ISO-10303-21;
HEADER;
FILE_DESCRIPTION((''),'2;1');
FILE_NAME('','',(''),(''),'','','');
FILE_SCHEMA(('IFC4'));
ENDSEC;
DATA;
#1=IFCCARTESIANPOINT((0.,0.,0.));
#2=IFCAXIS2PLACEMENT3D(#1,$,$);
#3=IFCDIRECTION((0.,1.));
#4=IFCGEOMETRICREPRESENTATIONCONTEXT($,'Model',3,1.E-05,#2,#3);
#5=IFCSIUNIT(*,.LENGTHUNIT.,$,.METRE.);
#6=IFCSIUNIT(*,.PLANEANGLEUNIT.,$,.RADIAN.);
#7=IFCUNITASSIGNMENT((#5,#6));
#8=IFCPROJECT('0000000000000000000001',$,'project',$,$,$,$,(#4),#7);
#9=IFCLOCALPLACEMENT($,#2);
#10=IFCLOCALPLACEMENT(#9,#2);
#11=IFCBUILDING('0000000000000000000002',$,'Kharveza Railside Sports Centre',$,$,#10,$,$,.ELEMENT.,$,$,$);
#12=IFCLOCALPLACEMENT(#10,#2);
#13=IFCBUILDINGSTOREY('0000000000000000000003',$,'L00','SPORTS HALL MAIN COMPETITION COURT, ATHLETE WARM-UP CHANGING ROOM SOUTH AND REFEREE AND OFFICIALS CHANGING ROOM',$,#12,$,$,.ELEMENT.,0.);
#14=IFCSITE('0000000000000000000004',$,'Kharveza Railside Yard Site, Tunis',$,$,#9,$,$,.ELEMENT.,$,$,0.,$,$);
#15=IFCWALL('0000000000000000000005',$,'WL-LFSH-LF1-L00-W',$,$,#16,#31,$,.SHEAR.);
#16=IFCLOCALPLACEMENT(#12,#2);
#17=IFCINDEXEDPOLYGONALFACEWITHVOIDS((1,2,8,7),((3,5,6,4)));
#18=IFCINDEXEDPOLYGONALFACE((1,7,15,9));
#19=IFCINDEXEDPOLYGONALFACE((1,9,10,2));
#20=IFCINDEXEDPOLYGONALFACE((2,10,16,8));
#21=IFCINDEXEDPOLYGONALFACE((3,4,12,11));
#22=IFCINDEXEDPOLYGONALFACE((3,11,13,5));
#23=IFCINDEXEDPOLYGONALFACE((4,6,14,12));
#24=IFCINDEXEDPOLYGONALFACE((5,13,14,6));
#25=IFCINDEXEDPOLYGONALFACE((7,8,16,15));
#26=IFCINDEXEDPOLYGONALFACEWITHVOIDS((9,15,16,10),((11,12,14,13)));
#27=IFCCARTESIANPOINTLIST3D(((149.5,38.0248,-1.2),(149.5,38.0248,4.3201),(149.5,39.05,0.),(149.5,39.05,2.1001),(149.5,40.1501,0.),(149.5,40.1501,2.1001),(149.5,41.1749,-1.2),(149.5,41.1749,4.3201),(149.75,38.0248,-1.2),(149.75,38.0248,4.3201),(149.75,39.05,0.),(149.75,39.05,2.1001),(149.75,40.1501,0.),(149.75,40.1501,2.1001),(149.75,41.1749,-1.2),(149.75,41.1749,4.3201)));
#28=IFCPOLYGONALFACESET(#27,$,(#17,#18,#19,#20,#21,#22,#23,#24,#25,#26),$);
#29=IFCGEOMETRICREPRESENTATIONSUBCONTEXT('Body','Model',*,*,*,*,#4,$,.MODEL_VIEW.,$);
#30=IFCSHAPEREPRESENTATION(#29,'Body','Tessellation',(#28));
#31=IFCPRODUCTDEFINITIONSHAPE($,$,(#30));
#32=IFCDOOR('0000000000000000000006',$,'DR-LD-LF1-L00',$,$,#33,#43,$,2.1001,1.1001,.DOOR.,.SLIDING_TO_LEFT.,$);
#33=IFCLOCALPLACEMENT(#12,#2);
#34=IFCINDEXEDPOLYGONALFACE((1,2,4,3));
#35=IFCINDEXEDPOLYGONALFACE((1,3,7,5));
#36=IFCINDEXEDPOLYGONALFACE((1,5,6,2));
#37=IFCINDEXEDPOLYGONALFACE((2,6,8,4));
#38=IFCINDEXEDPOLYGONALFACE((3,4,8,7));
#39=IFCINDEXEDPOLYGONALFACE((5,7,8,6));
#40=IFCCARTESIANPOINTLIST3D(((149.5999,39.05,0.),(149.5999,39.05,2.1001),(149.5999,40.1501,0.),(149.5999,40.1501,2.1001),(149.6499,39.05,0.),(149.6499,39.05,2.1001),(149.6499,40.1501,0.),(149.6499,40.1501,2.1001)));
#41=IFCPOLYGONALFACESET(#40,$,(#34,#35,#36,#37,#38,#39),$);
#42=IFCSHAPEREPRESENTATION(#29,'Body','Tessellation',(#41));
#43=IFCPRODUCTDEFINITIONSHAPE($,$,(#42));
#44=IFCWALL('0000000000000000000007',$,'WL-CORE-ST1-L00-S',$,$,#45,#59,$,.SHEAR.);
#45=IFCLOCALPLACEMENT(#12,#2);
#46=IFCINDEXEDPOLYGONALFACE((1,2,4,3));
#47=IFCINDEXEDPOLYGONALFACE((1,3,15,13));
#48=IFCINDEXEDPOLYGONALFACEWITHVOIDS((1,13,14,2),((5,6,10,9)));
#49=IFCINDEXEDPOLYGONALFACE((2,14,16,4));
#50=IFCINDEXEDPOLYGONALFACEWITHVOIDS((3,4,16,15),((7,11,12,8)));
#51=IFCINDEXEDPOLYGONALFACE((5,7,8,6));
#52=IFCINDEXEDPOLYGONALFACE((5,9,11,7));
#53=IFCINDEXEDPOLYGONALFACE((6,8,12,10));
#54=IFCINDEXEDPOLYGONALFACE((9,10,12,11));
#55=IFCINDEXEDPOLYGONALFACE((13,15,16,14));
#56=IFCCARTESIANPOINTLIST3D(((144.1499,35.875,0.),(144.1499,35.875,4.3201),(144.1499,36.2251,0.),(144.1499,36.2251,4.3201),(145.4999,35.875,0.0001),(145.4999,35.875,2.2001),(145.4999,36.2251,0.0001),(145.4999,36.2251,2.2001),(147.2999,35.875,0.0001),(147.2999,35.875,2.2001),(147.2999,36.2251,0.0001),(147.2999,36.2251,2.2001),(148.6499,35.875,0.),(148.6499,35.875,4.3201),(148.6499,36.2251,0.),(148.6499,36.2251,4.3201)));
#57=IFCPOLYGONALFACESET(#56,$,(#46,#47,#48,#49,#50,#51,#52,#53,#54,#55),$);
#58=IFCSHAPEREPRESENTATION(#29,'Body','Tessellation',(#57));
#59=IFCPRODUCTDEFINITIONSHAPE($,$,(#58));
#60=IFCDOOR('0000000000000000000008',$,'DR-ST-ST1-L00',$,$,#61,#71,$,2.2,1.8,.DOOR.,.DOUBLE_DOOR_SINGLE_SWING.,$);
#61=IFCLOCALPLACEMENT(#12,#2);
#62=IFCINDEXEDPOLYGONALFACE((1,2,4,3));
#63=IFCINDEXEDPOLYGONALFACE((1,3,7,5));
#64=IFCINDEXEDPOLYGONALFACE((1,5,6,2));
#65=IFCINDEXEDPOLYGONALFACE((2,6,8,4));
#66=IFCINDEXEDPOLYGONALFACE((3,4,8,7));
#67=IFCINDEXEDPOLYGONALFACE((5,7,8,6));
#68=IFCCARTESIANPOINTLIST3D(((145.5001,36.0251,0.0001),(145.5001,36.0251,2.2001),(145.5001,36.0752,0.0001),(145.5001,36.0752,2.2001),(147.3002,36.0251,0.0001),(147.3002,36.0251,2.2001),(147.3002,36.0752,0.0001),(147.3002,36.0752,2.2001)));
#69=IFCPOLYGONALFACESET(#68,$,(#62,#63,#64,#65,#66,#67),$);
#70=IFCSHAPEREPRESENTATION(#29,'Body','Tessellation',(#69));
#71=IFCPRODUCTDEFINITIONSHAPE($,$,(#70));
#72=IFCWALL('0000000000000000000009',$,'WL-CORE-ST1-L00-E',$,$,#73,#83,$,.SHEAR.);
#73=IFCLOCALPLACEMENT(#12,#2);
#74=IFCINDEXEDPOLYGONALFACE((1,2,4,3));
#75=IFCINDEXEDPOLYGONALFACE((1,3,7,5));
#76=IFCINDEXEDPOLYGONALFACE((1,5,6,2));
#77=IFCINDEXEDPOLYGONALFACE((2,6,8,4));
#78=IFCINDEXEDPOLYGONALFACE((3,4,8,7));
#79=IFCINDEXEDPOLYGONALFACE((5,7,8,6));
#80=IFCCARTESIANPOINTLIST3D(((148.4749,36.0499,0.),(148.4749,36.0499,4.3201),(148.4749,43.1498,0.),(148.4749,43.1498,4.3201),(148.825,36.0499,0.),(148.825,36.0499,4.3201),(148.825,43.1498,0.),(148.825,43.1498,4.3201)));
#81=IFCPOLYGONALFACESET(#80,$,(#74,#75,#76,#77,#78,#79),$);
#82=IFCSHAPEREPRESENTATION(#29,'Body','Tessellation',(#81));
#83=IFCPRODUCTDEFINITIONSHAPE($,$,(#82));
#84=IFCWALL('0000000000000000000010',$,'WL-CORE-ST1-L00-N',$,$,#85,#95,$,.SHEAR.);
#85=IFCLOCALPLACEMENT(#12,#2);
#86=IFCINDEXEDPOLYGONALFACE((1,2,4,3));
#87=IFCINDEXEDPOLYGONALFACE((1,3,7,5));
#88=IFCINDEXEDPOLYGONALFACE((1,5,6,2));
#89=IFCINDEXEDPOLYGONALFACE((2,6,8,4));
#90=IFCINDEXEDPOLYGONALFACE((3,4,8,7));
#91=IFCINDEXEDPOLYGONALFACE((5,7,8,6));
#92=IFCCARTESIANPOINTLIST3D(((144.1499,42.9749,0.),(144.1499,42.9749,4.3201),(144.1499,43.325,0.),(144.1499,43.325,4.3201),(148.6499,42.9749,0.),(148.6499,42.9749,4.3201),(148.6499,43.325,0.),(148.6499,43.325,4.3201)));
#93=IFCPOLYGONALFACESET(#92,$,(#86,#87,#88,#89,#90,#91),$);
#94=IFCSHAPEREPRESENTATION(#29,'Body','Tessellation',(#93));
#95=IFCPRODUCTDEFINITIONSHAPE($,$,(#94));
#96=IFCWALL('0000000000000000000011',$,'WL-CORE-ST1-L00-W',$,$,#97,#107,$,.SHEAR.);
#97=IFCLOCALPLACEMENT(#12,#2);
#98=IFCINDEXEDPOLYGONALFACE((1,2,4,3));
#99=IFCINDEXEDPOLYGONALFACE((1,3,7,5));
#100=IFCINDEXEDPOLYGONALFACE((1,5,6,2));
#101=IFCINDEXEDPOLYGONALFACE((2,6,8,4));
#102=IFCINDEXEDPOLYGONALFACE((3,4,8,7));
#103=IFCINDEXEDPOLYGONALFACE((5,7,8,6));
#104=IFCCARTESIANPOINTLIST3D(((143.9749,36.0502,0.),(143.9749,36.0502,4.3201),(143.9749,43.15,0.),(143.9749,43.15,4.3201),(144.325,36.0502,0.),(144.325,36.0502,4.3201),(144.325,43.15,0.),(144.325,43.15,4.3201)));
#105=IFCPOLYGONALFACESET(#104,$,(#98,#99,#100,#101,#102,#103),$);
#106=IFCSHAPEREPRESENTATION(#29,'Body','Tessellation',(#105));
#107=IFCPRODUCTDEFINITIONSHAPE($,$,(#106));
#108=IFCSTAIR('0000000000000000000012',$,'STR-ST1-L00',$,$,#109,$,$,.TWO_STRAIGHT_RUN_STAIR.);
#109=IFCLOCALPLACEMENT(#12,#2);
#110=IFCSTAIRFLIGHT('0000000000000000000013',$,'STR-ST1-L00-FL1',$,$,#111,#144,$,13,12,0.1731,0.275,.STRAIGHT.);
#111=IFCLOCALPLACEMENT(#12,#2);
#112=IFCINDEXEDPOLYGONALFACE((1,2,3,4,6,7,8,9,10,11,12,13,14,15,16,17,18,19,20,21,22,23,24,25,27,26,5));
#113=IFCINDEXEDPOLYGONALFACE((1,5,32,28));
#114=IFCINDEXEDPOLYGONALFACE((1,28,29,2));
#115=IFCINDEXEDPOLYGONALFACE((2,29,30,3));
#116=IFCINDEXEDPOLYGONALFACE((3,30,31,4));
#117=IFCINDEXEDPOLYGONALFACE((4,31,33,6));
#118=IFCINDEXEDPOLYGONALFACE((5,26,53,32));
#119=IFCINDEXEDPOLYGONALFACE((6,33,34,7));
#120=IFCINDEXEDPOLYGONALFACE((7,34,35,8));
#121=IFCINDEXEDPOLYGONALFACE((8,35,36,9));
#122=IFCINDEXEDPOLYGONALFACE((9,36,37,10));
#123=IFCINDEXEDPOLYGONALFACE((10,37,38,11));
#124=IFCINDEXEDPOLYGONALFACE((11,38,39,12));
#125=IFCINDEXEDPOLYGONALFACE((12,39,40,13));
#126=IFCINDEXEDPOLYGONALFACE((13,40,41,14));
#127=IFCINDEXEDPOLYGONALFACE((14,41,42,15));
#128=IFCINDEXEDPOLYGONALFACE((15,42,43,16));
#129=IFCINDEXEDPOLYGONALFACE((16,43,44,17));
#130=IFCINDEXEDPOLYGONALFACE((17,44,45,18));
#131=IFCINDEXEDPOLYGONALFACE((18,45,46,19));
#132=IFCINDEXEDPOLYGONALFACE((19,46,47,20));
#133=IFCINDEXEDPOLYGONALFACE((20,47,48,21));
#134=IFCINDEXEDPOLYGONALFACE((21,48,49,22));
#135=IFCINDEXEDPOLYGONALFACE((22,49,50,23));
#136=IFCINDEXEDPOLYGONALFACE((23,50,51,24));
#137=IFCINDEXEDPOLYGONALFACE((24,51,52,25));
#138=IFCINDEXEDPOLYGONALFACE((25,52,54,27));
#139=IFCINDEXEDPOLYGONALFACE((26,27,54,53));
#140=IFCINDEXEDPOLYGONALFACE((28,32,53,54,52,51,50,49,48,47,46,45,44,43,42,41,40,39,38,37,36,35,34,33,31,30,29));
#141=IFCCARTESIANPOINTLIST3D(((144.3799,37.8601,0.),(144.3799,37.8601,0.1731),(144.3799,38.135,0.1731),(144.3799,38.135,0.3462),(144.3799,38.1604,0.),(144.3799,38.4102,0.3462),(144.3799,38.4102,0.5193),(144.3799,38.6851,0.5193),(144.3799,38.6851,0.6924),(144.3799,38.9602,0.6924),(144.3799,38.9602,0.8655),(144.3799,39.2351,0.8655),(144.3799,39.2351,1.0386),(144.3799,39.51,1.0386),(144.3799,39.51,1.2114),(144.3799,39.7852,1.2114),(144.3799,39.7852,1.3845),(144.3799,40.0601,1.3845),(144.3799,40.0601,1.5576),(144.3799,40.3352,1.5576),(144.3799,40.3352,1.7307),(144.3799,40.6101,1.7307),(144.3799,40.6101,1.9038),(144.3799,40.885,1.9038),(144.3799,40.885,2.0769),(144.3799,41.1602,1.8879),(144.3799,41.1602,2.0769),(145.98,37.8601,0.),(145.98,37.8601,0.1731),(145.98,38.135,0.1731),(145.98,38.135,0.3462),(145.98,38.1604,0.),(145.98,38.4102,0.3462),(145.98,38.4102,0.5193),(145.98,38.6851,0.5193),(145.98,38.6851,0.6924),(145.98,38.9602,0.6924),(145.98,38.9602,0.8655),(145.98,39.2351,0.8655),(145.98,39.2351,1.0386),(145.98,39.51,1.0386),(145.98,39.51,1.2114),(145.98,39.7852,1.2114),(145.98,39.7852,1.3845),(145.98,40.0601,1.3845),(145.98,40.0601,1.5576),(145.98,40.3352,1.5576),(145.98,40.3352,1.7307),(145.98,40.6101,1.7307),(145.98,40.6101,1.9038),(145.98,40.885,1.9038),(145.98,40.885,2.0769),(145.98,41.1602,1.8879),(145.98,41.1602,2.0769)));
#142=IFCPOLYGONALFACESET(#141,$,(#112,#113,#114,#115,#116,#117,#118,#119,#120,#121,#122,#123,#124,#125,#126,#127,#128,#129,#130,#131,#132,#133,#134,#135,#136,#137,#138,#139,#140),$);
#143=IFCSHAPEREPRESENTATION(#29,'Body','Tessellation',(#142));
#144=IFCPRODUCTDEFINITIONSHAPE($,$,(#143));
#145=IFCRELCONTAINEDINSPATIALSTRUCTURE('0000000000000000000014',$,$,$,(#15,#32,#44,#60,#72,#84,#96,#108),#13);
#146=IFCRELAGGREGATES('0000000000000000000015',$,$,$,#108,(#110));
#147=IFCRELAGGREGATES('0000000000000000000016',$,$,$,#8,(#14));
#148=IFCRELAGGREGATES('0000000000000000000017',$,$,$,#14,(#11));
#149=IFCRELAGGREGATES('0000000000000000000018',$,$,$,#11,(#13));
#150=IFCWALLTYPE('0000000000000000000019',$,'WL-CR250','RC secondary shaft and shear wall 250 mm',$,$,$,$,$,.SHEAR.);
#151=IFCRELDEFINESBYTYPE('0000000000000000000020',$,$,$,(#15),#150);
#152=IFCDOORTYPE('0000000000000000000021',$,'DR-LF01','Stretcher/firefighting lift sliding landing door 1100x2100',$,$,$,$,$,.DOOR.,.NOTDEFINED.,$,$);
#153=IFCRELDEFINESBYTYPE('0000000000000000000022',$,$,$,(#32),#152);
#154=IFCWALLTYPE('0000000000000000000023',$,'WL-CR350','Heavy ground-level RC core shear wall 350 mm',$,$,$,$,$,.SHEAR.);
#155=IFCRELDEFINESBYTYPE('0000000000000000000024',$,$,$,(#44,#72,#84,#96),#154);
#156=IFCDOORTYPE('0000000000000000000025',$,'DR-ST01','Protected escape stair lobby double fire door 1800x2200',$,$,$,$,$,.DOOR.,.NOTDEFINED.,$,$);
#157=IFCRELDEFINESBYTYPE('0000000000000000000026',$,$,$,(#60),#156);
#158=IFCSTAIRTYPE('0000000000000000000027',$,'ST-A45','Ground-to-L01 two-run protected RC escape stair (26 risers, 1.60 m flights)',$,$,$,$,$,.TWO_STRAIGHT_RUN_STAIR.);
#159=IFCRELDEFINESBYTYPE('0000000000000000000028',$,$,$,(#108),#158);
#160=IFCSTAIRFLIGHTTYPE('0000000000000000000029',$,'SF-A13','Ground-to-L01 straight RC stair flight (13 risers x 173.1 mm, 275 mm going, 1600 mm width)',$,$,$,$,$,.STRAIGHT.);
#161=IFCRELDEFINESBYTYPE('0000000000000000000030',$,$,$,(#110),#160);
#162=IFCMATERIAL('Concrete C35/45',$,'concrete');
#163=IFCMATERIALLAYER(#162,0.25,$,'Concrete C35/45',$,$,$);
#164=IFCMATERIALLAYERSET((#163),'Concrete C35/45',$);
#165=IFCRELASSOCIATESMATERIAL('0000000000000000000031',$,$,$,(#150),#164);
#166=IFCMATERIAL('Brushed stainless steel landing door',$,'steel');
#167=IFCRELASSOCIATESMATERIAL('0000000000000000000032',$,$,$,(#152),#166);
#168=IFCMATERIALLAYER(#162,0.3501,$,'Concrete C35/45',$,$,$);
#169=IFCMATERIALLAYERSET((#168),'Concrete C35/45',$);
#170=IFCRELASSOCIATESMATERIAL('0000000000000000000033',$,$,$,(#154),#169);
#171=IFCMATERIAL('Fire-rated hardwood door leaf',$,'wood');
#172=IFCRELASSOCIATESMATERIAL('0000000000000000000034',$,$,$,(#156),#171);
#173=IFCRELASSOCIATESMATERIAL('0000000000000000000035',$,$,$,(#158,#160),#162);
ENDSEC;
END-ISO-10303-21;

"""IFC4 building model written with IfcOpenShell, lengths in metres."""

from ifc_helpers import new_model, si_unit, direction, frame, frame_2d, origin, place, context, subcontext, project, spatial, polyline, rectangle, outline, extrude, material, layer, layer_set, type_object, element, fill, aggregate, save


model = new_model("IFC4")

# Units and contexts
model_context = context("Model", 3, precision=1e-05, world=origin(), true_north=direction((0.0, 1.0)))
body_context = subcontext(model_context, "Body", "Model", "MODEL_VIEW")
ifc_project = project(units=[si_unit("LENGTHUNIT", "METRE"), si_unit("PLANEANGLEUNIT", "RADIAN")], contexts=[model_context])

# Site, building, storey
site_placement = place(None, origin())
site = spatial("IfcSite", under=ifc_project, at=site_placement, Name="Kharveza Railside Yard Site, Tunis", CompositionType="ELEMENT", RefElevation=0.0)
building_placement = place(site_placement, origin())
building = spatial("IfcBuilding", under=site, at=building_placement, Name="Kharveza Railside Sports Centre", CompositionType="ELEMENT")
storey_placement = place(building_placement, origin())
storey = spatial("IfcBuildingStorey", under=building, at=storey_placement, Name="L00", Description="SPORTS HALL MAIN COMPETITION COURT, ATHLETE WARM-UP CHANGING ROOM SOUTH AND REFEREE AND OFFICIALS CHANGING ROOM", CompositionType="ELEMENT", Elevation=0.0)

# Shared definitions
ifc_material_1 = material(Name="Concrete C35/45", Category="concrete")

# Shared definitions
ifc_layer_1 = layer(ifc_material_1, 0.25, Name="Concrete C35/45")
ifc_layer_set_1 = layer_set([ifc_layer_1], Name="Concrete C35/45")
wall_type_1 = type_object("IfcWallType", Name="WL-CR250", Description="RC secondary shaft and shear wall 250 mm", PredefinedType="SHEAR", material=ifc_layer_set_1)

# Walls, openings, doors
wall_1_placement = place(storey_placement, frame((149.625, 41.175, -1.2), z_axis=(0.0, 0.0, 1.0), x_axis=(0.0, -1.0, 0.0)))
wall_1 = element("IfcWall", 1, at=wall_1_placement, inside=storey, type_object=wall_type_1, Name="WL-LFSH-LF1-L00-W", PredefinedType="SHEAR", context=body_context, shape_type="SweptSolid", body=[
    extrude(rectangle(XDim=3.1501, YDim=0.25, at=frame_2d((1.5752, 0.0))), origin(), (0.0, 0.0, 1.0), 5.52),
])
opening_1_placement = place(wall_1_placement, frame((1.0249, 0.0, 1.2)))
opening_1 = element("IfcOpeningElement", 2, at=opening_1_placement, cuts=wall_1, PredefinedType="OPENING", context=body_context, shape_type="SweptSolid", body=[
    extrude(rectangle(XDim=1.1001, YDim=2.1001, at=frame_2d((0.55, 1.05))), frame((0.0, 0.1499, 0.0), z_axis=(0.0, -1.0, 0.0), x_axis=(1.0, 0.0, 0.0)), (0.0, 0.0, 1.0), 0.2998),
])
ifc_material_2 = material(Name="Brushed stainless steel landing door", Category="steel")
door_type_1 = type_object("IfcDoorType", Name="DR-LF01", Description="Stretcher/firefighting lift sliding landing door 1100x2100", OperationType="NOTDEFINED", PredefinedType="DOOR", material=ifc_material_2)
door_1_placement = place(opening_1_placement, origin())
door_1 = element("IfcDoor", 3, at=door_1_placement, inside=storey, type_object=door_type_1, Name="DR-LD-LF1-L00", OperationType="SLIDING_TO_LEFT", OverallHeight=2.1001, OverallWidth=1.1001, PredefinedType="DOOR", context=body_context, shape_type="SweptSolid", body=[
    extrude(rectangle(XDim=1.1001, YDim=2.1001, at=frame_2d((0.55, 1.05))), frame((0.0, 0.0249, 0.0), z_axis=(0.0, -1.0, 0.0), x_axis=(1.0, 0.0, 0.0)), (0.0, 0.0, 1.0), 0.05),
])
fill(opening_1, door_1)
ifc_layer_2 = layer(ifc_material_1, 0.3501, Name="Concrete C35/45")
ifc_layer_set_2 = layer_set([ifc_layer_2], Name="Concrete C35/45")
wall_type_2 = type_object("IfcWallType", Name="WL-CR350", Description="Heavy ground-level RC core shear wall 350 mm", PredefinedType="SHEAR", material=ifc_layer_set_2)
wall_2_placement = place(storey_placement, frame((144.1499, 36.05, 0.0), z_axis=(0.0, 0.0, 1.0), x_axis=(1.0, 0.0, 0.0)))
wall_2 = element("IfcWall", 4, at=wall_2_placement, inside=storey, type_object=wall_type_2, Name="WL-CORE-ST1-L00-S", PredefinedType="SHEAR", context=body_context, shape_type="SweptSolid", body=[
    extrude(rectangle(XDim=4.5, YDim=0.3501, at=frame_2d((2.25, 0.0))), origin(), (0.0, 0.0, 1.0), 4.3201),
])
opening_2_placement = place(wall_2_placement, frame((1.3501, 0.0, 0.0)))
opening_2 = element("IfcOpeningElement", 5, at=opening_2_placement, cuts=wall_2, PredefinedType="OPENING", context=body_context, shape_type="SweptSolid", body=[
    extrude(rectangle(XDim=1.8, YDim=2.2, at=frame_2d((0.8999, 1.1001))), frame((0.0, 0.2, 0.0), z_axis=(0.0, -1.0, 0.0), x_axis=(1.0, 0.0, 0.0)), (0.0, 0.0, 1.0), 0.3999),
])
ifc_material_3 = material(Name="Fire-rated hardwood door leaf", Category="wood")
door_type_2 = type_object("IfcDoorType", Name="DR-ST01", Description="Protected escape stair lobby double fire door 1800x2200", OperationType="NOTDEFINED", PredefinedType="DOOR", material=ifc_material_3)
door_2_placement = place(opening_2_placement, frame((1.8, 0.0, 0.0), z_axis=(0.0, 0.0, 1.0), x_axis=(-1.0, 0.0, 0.0)))
door_2 = element("IfcDoor", 6, at=door_2_placement, inside=storey, type_object=door_type_2, Name="DR-ST-ST1-L00", OperationType="DOUBLE_DOOR_SINGLE_SWING", OverallHeight=2.2, OverallWidth=1.8, PredefinedType="DOOR", context=body_context, shape_type="SweptSolid", body=[
    extrude(rectangle(XDim=1.8, YDim=2.2, at=frame_2d((0.8999, 1.1001))), frame((0.0, 0.0249, 0.0), z_axis=(0.0, -1.0, 0.0), x_axis=(1.0, 0.0, 0.0)), (0.0, 0.0, 1.0), 0.05),
])
fill(opening_2, door_2)

# Walls
wall_3_placement = place(storey_placement, frame((148.6499, 36.05, 0.0), z_axis=(0.0, 0.0, 1.0), x_axis=(0.0, 1.0, 0.0)))
element("IfcWall", 7, at=wall_3_placement, inside=storey, type_object=wall_type_2, Name="WL-CORE-ST1-L00-E", PredefinedType="SHEAR", context=body_context, shape_type="SweptSolid", body=[
    extrude(rectangle(XDim=7.0999, YDim=0.3501, at=frame_2d((3.5498, 0.0))), origin(), (0.0, 0.0, 1.0), 4.3201),
])
wall_4_placement = place(storey_placement, frame((148.6499, 43.1499, 0.0), z_axis=(0.0, 0.0, 1.0), x_axis=(-1.0, 0.0, 0.0)))
element("IfcWall", 8, at=wall_4_placement, inside=storey, type_object=wall_type_2, Name="WL-CORE-ST1-L00-N", PredefinedType="SHEAR", context=body_context, shape_type="SweptSolid", body=[
    extrude(rectangle(XDim=4.5, YDim=0.3501, at=frame_2d((2.25, 0.0))), origin(), (0.0, 0.0, 1.0), 4.3201),
])
wall_5_placement = place(storey_placement, frame((144.1499, 43.1499, 0.0), z_axis=(0.0, 0.0, 1.0), x_axis=(0.0, -1.0, 0.0)))
element("IfcWall", 9, at=wall_5_placement, inside=storey, type_object=wall_type_2, Name="WL-CORE-ST1-L00-W", PredefinedType="SHEAR", context=body_context, shape_type="SweptSolid", body=[
    extrude(rectangle(XDim=7.0999, YDim=0.3501, at=frame_2d((3.5498, 0.0))), origin(), (0.0, 0.0, 1.0), 4.3201),
])

# Stair, stair flight
stair_type = type_object("IfcStairType", Name="ST-A45", Description="Ground-to-L01 two-run protected RC escape stair (26 risers, 1.60 m flights)", PredefinedType="TWO_STRAIGHT_RUN_STAIR", material=ifc_material_1)
stair_placement = place(storey_placement, origin())
stair = element("IfcStair", 10, at=stair_placement, inside=storey, type_object=stair_type, Name="STR-ST1-L00", PredefinedType="TWO_STRAIGHT_RUN_STAIR")
stair_flight_type = type_object("IfcStairFlightType", Name="SF-A13", Description="Ground-to-L01 straight RC stair flight (13 risers x 173.1 mm, 275 mm going, 1600 mm width)", PredefinedType="STRAIGHT", material=ifc_material_1)
stair_flight_1_placement = place(storey_placement, frame((145.1799, 37.8601, 0.0), z_axis=(0.0, 0.0, 1.0), x_axis=(0.0, 1.0, 0.0)))
stair_flight_1 = element("IfcStairFlight", 11, at=stair_flight_1_placement, type_object=stair_flight_type, Name="STR-ST1-L00-FL1", NumberOfRisers=13, NumberOfTreads=12, PredefinedType="STRAIGHT", RiserHeight=0.1731, TreadLength=0.275, context=body_context, shape_type="SweptSolid", body=[
    extrude(outline(polyline([(0.0, 0.0), (0.0, 0.1731), (0.2749, 0.1731), (0.2749, 0.3462), (0.55, 0.3462), (0.55, 0.5193), (0.825, 0.5193), (0.825, 0.6924), (1.1001, 0.6924), (1.1001, 0.8655), (1.375, 0.8655), (1.375, 1.0386), (1.6499, 1.0386), (1.6499, 1.2114), (1.925, 1.2114), (1.925, 1.3845), (2.2, 1.3845), (2.2, 1.5576), (2.4751, 1.5576), (2.4751, 1.7307), (2.75, 1.7307), (2.75, 1.9038), (3.0249, 1.9038), (3.0249, 2.0769), (3.3, 2.0769), (3.3, 2.25), (3.3, 1.8879), (0.3003, 0.0), (0.0, 0.0)])), frame((0.0, 0.8, 0.0), z_axis=(0.0, -1.0, 0.0), x_axis=(1.0, 0.0, 0.0)), (0.0, 0.0, 1.0), 1.6001),
])
aggregate(stair, [stair_flight_1])

save(model, "model.ifc")
